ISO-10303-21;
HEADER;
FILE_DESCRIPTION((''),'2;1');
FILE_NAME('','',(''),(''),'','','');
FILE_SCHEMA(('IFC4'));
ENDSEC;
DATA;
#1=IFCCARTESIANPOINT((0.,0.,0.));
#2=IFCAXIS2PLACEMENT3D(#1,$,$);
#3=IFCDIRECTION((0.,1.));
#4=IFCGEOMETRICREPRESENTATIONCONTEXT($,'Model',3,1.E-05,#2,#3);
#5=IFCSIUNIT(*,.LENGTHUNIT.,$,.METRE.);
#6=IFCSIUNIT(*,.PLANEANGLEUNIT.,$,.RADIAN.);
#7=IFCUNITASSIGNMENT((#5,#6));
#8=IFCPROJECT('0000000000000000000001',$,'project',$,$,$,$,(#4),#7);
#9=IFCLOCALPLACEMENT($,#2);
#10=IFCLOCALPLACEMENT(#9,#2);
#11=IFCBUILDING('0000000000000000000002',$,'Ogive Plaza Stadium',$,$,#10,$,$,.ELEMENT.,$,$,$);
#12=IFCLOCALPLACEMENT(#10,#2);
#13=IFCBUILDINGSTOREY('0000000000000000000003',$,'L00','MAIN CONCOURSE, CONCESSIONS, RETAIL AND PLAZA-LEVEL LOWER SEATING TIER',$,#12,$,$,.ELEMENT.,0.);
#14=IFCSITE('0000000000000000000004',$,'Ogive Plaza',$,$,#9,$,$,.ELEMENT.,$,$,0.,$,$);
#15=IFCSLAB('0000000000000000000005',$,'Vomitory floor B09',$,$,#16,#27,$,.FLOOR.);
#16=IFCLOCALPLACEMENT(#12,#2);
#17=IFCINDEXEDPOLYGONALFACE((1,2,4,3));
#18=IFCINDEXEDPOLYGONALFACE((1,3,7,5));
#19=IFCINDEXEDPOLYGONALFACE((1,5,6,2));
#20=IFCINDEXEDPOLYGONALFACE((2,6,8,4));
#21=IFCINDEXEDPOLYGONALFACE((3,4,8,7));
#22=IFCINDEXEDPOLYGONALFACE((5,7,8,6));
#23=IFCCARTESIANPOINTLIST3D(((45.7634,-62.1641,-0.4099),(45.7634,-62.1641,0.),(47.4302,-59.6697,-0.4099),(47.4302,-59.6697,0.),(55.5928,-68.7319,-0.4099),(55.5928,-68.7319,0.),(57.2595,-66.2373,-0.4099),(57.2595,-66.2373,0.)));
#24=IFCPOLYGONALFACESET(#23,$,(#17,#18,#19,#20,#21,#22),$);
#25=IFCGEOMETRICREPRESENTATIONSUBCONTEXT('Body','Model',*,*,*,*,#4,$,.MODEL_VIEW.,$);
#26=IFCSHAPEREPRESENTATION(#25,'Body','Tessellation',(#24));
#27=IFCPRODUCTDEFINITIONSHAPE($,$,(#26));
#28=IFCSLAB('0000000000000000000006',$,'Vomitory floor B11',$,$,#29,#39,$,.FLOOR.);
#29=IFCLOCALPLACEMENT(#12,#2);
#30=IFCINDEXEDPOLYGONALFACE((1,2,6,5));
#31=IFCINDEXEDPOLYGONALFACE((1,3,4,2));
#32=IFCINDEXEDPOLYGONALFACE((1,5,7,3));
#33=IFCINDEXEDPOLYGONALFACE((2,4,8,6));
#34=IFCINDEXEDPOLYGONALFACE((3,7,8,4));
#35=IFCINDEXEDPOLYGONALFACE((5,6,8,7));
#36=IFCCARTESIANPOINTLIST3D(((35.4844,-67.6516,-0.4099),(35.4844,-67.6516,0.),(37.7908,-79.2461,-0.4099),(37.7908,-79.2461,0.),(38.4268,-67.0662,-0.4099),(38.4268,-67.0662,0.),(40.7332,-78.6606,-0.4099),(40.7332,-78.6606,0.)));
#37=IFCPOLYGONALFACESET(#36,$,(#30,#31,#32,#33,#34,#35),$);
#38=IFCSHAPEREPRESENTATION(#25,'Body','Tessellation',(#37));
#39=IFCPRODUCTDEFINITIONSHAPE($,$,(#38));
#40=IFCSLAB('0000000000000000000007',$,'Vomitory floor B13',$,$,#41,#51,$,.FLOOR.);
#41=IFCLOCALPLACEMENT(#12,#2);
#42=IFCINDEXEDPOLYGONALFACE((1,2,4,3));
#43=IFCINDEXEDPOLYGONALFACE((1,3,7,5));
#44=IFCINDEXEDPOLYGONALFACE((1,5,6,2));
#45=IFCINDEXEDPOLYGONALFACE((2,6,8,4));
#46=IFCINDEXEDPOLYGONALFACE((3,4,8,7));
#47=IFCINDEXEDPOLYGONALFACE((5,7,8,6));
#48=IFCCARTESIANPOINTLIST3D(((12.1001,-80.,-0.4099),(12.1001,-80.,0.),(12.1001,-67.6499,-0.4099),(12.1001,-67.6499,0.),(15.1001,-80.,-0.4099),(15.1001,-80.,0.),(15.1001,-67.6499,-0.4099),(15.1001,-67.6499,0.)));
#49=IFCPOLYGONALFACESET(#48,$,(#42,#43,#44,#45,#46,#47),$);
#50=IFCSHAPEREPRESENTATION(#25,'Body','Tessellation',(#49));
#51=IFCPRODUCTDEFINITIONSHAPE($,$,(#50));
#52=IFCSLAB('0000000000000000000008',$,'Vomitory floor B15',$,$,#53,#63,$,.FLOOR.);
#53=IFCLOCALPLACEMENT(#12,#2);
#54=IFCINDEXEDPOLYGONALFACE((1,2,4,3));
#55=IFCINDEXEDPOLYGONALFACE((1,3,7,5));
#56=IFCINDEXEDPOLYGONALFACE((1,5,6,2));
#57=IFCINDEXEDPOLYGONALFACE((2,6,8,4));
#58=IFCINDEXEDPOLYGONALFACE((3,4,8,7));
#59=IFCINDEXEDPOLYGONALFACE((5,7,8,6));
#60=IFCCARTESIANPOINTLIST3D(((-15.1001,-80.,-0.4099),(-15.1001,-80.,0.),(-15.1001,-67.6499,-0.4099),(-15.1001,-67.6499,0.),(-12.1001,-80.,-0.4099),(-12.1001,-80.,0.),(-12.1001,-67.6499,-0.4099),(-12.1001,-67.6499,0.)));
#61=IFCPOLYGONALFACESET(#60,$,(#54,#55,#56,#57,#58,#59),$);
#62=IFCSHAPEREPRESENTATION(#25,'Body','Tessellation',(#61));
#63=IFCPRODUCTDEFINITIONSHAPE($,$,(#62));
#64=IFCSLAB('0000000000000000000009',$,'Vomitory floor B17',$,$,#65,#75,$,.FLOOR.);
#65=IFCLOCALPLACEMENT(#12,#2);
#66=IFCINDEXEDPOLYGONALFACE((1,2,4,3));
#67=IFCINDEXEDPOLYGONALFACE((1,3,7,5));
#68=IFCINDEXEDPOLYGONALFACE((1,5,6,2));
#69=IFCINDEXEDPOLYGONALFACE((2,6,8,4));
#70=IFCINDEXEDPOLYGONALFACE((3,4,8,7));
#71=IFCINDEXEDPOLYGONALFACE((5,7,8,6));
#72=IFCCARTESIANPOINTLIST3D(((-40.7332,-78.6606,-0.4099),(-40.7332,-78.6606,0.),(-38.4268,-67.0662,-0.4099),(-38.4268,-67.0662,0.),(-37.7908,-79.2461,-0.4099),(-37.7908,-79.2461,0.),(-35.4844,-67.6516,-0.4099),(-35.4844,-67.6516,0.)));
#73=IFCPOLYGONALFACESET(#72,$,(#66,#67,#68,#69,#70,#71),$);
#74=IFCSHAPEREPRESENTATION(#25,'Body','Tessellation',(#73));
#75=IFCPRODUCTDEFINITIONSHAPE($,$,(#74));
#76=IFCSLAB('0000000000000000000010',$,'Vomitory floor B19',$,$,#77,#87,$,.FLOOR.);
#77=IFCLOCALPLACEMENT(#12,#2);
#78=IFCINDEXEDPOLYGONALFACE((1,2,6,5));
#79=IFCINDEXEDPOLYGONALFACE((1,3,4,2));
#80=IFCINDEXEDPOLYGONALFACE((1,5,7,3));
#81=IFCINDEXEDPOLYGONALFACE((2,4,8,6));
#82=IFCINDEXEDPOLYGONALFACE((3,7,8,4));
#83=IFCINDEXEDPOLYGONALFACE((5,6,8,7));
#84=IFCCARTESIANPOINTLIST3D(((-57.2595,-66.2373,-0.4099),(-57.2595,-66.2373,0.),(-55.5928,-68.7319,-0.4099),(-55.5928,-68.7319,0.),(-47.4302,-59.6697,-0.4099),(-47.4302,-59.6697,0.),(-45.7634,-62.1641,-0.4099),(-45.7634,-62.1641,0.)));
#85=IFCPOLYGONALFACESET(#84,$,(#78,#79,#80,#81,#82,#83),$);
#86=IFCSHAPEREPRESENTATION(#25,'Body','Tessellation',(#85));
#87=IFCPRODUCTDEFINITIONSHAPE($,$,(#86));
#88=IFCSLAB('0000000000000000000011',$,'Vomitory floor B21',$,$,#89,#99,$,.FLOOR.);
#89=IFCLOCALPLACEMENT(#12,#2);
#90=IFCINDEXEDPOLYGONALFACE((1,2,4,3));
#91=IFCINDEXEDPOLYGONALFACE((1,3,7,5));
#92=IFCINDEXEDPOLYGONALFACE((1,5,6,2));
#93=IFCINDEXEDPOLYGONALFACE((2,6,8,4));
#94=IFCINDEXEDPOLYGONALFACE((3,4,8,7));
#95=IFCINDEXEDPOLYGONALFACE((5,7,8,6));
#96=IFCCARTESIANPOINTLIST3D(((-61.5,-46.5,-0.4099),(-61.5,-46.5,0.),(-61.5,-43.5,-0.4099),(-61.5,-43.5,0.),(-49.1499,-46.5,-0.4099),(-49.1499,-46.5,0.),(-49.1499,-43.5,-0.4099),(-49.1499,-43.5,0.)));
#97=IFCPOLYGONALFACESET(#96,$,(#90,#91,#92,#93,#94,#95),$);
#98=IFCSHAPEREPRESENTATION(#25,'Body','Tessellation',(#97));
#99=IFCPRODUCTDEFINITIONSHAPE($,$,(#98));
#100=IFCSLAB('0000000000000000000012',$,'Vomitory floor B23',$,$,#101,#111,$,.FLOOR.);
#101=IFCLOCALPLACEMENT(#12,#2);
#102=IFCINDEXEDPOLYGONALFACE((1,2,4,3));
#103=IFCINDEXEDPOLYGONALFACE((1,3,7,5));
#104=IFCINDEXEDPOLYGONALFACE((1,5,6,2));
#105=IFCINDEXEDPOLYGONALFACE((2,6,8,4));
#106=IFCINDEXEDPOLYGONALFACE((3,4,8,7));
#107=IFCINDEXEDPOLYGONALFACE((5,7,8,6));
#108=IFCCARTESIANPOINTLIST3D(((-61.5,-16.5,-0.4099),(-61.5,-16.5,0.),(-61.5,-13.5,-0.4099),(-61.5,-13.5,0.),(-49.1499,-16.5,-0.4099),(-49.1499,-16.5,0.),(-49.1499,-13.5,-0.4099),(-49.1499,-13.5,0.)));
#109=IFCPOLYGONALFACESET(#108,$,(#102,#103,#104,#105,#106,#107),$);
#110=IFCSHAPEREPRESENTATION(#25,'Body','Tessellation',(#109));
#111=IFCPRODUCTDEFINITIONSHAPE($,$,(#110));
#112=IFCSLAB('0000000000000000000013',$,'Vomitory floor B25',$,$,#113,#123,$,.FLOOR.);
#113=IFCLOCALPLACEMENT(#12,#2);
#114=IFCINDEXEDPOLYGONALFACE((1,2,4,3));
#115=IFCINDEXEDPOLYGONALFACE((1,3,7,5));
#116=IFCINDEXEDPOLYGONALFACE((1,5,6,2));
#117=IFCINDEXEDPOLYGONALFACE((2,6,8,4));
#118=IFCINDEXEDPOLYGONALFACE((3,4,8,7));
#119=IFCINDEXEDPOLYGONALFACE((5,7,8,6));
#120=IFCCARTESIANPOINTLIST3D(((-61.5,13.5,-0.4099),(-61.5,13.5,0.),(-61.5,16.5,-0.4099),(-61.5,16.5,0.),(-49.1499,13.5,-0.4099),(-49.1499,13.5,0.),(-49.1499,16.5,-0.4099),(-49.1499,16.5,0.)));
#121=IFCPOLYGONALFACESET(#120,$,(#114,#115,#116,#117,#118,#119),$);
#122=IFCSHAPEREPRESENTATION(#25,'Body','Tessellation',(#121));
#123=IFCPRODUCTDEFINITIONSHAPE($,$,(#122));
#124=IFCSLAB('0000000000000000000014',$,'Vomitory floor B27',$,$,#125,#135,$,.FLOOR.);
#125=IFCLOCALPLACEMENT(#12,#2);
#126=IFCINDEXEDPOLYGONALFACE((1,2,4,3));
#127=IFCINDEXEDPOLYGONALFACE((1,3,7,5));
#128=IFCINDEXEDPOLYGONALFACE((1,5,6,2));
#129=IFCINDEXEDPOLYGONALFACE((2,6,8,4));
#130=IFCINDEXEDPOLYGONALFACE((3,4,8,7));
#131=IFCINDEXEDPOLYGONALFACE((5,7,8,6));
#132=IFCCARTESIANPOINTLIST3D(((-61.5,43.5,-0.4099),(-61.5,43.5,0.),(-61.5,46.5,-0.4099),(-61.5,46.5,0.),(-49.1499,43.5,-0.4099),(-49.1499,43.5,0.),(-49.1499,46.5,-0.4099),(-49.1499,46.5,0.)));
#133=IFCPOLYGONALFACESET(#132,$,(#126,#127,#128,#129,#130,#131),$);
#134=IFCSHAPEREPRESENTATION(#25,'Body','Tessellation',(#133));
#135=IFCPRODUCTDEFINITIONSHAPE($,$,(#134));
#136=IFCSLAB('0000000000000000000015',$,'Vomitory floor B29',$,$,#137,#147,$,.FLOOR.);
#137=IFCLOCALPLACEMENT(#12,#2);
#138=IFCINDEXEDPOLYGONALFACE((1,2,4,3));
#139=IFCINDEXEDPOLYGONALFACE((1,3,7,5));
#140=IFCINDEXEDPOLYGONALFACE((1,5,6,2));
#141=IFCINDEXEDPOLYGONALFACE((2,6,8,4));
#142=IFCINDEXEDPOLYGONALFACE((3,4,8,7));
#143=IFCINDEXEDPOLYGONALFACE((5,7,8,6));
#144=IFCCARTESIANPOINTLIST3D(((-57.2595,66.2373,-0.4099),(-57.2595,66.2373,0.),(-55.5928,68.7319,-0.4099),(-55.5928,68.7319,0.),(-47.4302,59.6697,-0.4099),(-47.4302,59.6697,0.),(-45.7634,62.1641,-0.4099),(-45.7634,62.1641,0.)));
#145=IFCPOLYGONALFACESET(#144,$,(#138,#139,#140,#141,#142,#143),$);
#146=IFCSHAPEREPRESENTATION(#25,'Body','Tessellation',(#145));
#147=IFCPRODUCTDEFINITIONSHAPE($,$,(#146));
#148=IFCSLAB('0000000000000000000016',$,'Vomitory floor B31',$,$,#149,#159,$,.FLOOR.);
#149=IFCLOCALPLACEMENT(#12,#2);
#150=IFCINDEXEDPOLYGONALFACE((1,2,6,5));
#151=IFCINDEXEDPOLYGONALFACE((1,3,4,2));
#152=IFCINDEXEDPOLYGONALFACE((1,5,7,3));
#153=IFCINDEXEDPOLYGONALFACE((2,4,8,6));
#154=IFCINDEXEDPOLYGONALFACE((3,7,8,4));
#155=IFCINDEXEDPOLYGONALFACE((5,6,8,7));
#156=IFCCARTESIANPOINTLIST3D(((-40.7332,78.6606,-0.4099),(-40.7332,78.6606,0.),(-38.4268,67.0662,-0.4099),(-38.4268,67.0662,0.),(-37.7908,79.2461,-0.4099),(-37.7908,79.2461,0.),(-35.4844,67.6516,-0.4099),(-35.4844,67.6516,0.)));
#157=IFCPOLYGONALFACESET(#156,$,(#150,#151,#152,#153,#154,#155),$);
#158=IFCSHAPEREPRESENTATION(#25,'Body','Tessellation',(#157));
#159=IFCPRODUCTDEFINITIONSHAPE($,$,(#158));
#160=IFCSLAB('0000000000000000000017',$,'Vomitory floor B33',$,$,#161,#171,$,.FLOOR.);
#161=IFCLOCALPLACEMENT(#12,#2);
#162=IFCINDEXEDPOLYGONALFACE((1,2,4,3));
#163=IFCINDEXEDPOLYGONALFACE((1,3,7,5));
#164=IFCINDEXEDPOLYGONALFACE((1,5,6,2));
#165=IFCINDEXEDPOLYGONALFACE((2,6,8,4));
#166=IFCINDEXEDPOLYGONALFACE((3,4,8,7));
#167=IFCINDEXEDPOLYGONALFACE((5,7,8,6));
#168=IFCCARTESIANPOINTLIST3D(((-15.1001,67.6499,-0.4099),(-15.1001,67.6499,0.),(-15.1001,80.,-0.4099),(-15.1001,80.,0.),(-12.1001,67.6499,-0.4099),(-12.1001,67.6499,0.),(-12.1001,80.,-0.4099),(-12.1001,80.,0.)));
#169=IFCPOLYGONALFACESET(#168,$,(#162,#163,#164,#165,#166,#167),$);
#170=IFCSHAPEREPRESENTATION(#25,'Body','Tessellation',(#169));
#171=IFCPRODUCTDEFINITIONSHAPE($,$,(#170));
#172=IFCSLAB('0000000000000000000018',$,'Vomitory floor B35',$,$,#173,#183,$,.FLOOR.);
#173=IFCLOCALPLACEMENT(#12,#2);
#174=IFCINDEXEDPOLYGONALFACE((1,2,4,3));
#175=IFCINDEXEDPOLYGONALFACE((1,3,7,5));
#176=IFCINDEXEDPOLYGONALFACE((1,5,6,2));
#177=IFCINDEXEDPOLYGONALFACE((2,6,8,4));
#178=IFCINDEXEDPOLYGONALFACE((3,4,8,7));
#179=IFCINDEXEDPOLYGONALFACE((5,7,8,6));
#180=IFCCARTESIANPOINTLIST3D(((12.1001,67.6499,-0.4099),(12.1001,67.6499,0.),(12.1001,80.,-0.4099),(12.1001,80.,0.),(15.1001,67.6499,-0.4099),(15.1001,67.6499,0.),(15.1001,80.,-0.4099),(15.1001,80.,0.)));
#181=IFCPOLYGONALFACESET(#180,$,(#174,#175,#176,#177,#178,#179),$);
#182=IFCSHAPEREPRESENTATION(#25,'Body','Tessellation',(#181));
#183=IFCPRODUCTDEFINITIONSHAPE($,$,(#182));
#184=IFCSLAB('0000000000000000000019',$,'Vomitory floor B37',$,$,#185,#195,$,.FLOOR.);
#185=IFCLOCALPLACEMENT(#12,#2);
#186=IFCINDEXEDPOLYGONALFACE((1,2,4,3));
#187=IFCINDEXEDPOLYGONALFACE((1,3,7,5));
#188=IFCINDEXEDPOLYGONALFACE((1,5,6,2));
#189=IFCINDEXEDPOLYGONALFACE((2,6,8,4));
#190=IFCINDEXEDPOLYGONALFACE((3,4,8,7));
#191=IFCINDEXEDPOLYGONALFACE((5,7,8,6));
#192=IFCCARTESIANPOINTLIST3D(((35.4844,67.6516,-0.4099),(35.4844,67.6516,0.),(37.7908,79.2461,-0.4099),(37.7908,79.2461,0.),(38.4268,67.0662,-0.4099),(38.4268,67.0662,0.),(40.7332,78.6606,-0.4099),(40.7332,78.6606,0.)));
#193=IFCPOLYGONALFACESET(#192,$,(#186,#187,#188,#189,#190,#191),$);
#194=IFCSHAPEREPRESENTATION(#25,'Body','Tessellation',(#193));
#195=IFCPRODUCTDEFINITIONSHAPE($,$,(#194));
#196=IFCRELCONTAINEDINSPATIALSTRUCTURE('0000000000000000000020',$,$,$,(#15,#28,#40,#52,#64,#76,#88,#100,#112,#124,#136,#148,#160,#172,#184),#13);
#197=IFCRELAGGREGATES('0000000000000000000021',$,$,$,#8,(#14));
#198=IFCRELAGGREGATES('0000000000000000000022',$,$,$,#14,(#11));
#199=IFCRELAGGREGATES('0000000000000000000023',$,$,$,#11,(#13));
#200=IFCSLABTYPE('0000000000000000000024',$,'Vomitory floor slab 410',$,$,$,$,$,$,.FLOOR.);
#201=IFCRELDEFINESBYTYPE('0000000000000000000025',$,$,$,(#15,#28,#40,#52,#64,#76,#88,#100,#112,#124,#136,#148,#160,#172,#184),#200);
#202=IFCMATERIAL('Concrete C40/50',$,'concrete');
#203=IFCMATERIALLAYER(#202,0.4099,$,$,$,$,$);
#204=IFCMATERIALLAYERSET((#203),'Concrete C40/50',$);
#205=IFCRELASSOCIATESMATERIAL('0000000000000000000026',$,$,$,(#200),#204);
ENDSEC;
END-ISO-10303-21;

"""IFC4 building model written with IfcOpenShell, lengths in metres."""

from ifc_helpers import new_model, si_unit, direction, frame, origin, place, context, subcontext, project, spatial, polyline, outline, extrude, material, layer, layer_set, type_object, element, save


model = new_model("IFC4")

# Units and contexts
model_context = context("Model", 3, precision=1e-05, world=origin(), true_north=direction((0.0, 1.0)))
body_context = subcontext(model_context, "Body", "Model", "MODEL_VIEW")
ifc_project = project(units=[si_unit("LENGTHUNIT", "METRE"), si_unit("PLANEANGLEUNIT", "RADIAN")], contexts=[model_context])

# Site, building, storey
site_placement = place(None, origin())
site = spatial("IfcSite", under=ifc_project, at=site_placement, Name="Ogive Plaza", CompositionType="ELEMENT", RefElevation=0.0)
building_placement = place(site_placement, origin())
building = spatial("IfcBuilding", under=site, at=building_placement, Name="Ogive Plaza Stadium", CompositionType="ELEMENT")
storey_placement = place(building_placement, origin())
storey = spatial("IfcBuildingStorey", under=building, at=storey_placement, Name="L00", Description="MAIN CONCOURSE, CONCESSIONS, RETAIL AND PLAZA-LEVEL LOWER SEATING TIER", CompositionType="ELEMENT", Elevation=0.0)

# Slabs
ifc_material_1 = material(Name="Concrete C40/50", Category="concrete")
ifc_layer_1 = layer(ifc_material_1, 0.4099)
ifc_layer_set_1 = layer_set([ifc_layer_1], Name="Concrete C40/50")
slab_type_1 = type_object("IfcSlabType", Name="Vomitory floor slab 410", PredefinedType="FLOOR", material=ifc_layer_set_1)
slab_1_placement = place(storey_placement, frame((0.0, 0.0, -0.4099)))
element("IfcSlab", 1, at=slab_1_placement, inside=storey, type_object=slab_type_1, Name="Vomitory floor B09", PredefinedType="FLOOR", context=body_context, shape_type="SweptSolid", body=[
    extrude(outline(polyline([(45.7634, -62.1641), (47.4302, -59.6697), (57.2595, -66.2373), (55.5928, -68.7319), (45.7634, -62.1641)])), origin(), (0.0, 0.0, 1.0), 0.4099),
])
slab_2_placement = place(storey_placement, frame((0.0, 0.0, -0.4099)))
element("IfcSlab", 2, at=slab_2_placement, inside=storey, type_object=slab_type_1, Name="Vomitory floor B11", PredefinedType="FLOOR", context=body_context, shape_type="SweptSolid", body=[
    extrude(outline(polyline([(35.4844, -67.6516), (38.4268, -67.0662), (40.7332, -78.6606), (37.7908, -79.2461), (35.4844, -67.6516)])), origin(), (0.0, 0.0, 1.0), 0.4099),
])
slab_3_placement = place(storey_placement, frame((0.0, 0.0, -0.4099)))
element("IfcSlab", 3, at=slab_3_placement, inside=storey, type_object=slab_type_1, Name="Vomitory floor B13", PredefinedType="FLOOR", context=body_context, shape_type="SweptSolid", body=[
    extrude(outline(polyline([(12.1001, -67.6499), (15.1001, -67.6499), (15.1001, -80.0), (12.1001, -80.0), (12.1001, -67.6499)])), origin(), (0.0, 0.0, 1.0), 0.4099),
])
slab_4_placement = place(storey_placement, frame((0.0, 0.0, -0.4099)))
element("IfcSlab", 4, at=slab_4_placement, inside=storey, type_object=slab_type_1, Name="Vomitory floor B15", PredefinedType="FLOOR", context=body_context, shape_type="SweptSolid", body=[
    extrude(outline(polyline([(-15.1001, -67.6499), (-12.1001, -67.6499), (-12.1001, -80.0), (-15.1001, -80.0), (-15.1001, -67.6499)])), origin(), (0.0, 0.0, 1.0), 0.4099),
])
slab_5_placement = place(storey_placement, frame((0.0, 0.0, -0.4099)))
element("IfcSlab", 5, at=slab_5_placement, inside=storey, type_object=slab_type_1, Name="Vomitory floor B17", PredefinedType="FLOOR", context=body_context, shape_type="SweptSolid", body=[
    extrude(outline(polyline([(-38.4268, -67.0662), (-35.4844, -67.6516), (-37.7908, -79.2461), (-40.7332, -78.6606), (-38.4268, -67.0662)])), origin(), (0.0, 0.0, 1.0), 0.4099),
])
slab_6_placement = place(storey_placement, frame((0.0, 0.0, -0.4099)))
element("IfcSlab", 6, at=slab_6_placement, inside=storey, type_object=slab_type_1, Name="Vomitory floor B19", PredefinedType="FLOOR", context=body_context, shape_type="SweptSolid", body=[
    extrude(outline(polyline([(-47.4302, -59.6697), (-45.7634, -62.1641), (-55.5928, -68.7319), (-57.2595, -66.2373), (-47.4302, -59.6697)])), origin(), (0.0, 0.0, 1.0), 0.4099),
])
slab_7_placement = place(storey_placement, frame((0.0, 0.0, -0.4099)))
element("IfcSlab", 7, at=slab_7_placement, inside=storey, type_object=slab_type_1, Name="Vomitory floor B21", PredefinedType="FLOOR", context=body_context, shape_type="SweptSolid", body=[
    extrude(outline(polyline([(-49.1499, -43.5), (-49.1499, -46.5), (-61.5, -46.5), (-61.5, -43.5), (-49.1499, -43.5)])), origin(), (0.0, 0.0, 1.0), 0.4099),
])
slab_8_placement = place(storey_placement, frame((0.0, 0.0, -0.4099)))
element("IfcSlab", 8, at=slab_8_placement, inside=storey, type_object=slab_type_1, Name="Vomitory floor B23", PredefinedType="FLOOR", context=body_context, shape_type="SweptSolid", body=[
    extrude(outline(polyline([(-49.1499, -13.5), (-49.1499, -16.5), (-61.5, -16.5), (-61.5, -13.5), (-49.1499, -13.5)])), origin(), (0.0, 0.0, 1.0), 0.4099),
])
slab_9_placement = place(storey_placement, frame((0.0, 0.0, -0.4099)))
element("IfcSlab", 9, at=slab_9_placement, inside=storey, type_object=slab_type_1, Name="Vomitory floor B25", PredefinedType="FLOOR", context=body_context, shape_type="SweptSolid", body=[
    extrude(outline(polyline([(-49.1499, 16.5), (-49.1499, 13.5), (-61.5, 13.5), (-61.5, 16.5), (-49.1499, 16.5)])), origin(), (0.0, 0.0, 1.0), 0.4099),
])
slab_10_placement = place(storey_placement, frame((0.0, 0.0, -0.4099)))
element("IfcSlab", 10, at=slab_10_placement, inside=storey, type_object=slab_type_1, Name="Vomitory floor B27", PredefinedType="FLOOR", context=body_context, shape_type="SweptSolid", body=[
    extrude(outline(polyline([(-49.1499, 46.5), (-49.1499, 43.5), (-61.5, 43.5), (-61.5, 46.5), (-49.1499, 46.5)])), origin(), (0.0, 0.0, 1.0), 0.4099),
])
slab_11_placement = place(storey_placement, frame((0.0, 0.0, -0.4099)))
element("IfcSlab", 11, at=slab_11_placement, inside=storey, type_object=slab_type_1, Name="Vomitory floor B29", PredefinedType="FLOOR", context=body_context, shape_type="SweptSolid", body=[
    extrude(outline(polyline([(-45.7634, 62.1641), (-47.4302, 59.6697), (-57.2595, 66.2373), (-55.5928, 68.7319), (-45.7634, 62.1641)])), origin(), (0.0, 0.0, 1.0), 0.4099),
])
slab_12_placement = place(storey_placement, frame((0.0, 0.0, -0.4099)))
element("IfcSlab", 12, at=slab_12_placement, inside=storey, type_object=slab_type_1, Name="Vomitory floor B31", PredefinedType="FLOOR", context=body_context, shape_type="SweptSolid", body=[
    extrude(outline(polyline([(-35.4844, 67.6516), (-38.4268, 67.0662), (-40.7332, 78.6606), (-37.7908, 79.2461), (-35.4844, 67.6516)])), origin(), (0.0, 0.0, 1.0), 0.4099),
])
slab_13_placement = place(storey_placement, frame((0.0, 0.0, -0.4099)))
element("IfcSlab", 13, at=slab_13_placement, inside=storey, type_object=slab_type_1, Name="Vomitory floor B33", PredefinedType="FLOOR", context=body_context, shape_type="SweptSolid", body=[
    extrude(outline(polyline([(-12.1001, 67.6499), (-15.1001, 67.6499), (-15.1001, 80.0), (-12.1001, 80.0), (-12.1001, 67.6499)])), origin(), (0.0, 0.0, 1.0), 0.4099),
])
slab_14_placement = place(storey_placement, frame((0.0, 0.0, -0.4099)))
element("IfcSlab", 14, at=slab_14_placement, inside=storey, type_object=slab_type_1, Name="Vomitory floor B35", PredefinedType="FLOOR", context=body_context, shape_type="SweptSolid", body=[
    extrude(outline(polyline([(15.1001, 67.6499), (12.1001, 67.6499), (12.1001, 80.0), (15.1001, 80.0), (15.1001, 67.6499)])), origin(), (0.0, 0.0, 1.0), 0.4099),
])
slab_15_placement = place(storey_placement, frame((0.0, 0.0, -0.4099)))
element("IfcSlab", 15, at=slab_15_placement, inside=storey, type_object=slab_type_1, Name="Vomitory floor B37", PredefinedType="FLOOR", context=body_context, shape_type="SweptSolid", body=[
    extrude(outline(polyline([(38.4268, 67.0662), (35.4844, 67.6516), (37.7908, 79.2461), (40.7332, 78.6606), (38.4268, 67.0662)])), origin(), (0.0, 0.0, 1.0), 0.4099),
])

save(model, "model.ifc")
